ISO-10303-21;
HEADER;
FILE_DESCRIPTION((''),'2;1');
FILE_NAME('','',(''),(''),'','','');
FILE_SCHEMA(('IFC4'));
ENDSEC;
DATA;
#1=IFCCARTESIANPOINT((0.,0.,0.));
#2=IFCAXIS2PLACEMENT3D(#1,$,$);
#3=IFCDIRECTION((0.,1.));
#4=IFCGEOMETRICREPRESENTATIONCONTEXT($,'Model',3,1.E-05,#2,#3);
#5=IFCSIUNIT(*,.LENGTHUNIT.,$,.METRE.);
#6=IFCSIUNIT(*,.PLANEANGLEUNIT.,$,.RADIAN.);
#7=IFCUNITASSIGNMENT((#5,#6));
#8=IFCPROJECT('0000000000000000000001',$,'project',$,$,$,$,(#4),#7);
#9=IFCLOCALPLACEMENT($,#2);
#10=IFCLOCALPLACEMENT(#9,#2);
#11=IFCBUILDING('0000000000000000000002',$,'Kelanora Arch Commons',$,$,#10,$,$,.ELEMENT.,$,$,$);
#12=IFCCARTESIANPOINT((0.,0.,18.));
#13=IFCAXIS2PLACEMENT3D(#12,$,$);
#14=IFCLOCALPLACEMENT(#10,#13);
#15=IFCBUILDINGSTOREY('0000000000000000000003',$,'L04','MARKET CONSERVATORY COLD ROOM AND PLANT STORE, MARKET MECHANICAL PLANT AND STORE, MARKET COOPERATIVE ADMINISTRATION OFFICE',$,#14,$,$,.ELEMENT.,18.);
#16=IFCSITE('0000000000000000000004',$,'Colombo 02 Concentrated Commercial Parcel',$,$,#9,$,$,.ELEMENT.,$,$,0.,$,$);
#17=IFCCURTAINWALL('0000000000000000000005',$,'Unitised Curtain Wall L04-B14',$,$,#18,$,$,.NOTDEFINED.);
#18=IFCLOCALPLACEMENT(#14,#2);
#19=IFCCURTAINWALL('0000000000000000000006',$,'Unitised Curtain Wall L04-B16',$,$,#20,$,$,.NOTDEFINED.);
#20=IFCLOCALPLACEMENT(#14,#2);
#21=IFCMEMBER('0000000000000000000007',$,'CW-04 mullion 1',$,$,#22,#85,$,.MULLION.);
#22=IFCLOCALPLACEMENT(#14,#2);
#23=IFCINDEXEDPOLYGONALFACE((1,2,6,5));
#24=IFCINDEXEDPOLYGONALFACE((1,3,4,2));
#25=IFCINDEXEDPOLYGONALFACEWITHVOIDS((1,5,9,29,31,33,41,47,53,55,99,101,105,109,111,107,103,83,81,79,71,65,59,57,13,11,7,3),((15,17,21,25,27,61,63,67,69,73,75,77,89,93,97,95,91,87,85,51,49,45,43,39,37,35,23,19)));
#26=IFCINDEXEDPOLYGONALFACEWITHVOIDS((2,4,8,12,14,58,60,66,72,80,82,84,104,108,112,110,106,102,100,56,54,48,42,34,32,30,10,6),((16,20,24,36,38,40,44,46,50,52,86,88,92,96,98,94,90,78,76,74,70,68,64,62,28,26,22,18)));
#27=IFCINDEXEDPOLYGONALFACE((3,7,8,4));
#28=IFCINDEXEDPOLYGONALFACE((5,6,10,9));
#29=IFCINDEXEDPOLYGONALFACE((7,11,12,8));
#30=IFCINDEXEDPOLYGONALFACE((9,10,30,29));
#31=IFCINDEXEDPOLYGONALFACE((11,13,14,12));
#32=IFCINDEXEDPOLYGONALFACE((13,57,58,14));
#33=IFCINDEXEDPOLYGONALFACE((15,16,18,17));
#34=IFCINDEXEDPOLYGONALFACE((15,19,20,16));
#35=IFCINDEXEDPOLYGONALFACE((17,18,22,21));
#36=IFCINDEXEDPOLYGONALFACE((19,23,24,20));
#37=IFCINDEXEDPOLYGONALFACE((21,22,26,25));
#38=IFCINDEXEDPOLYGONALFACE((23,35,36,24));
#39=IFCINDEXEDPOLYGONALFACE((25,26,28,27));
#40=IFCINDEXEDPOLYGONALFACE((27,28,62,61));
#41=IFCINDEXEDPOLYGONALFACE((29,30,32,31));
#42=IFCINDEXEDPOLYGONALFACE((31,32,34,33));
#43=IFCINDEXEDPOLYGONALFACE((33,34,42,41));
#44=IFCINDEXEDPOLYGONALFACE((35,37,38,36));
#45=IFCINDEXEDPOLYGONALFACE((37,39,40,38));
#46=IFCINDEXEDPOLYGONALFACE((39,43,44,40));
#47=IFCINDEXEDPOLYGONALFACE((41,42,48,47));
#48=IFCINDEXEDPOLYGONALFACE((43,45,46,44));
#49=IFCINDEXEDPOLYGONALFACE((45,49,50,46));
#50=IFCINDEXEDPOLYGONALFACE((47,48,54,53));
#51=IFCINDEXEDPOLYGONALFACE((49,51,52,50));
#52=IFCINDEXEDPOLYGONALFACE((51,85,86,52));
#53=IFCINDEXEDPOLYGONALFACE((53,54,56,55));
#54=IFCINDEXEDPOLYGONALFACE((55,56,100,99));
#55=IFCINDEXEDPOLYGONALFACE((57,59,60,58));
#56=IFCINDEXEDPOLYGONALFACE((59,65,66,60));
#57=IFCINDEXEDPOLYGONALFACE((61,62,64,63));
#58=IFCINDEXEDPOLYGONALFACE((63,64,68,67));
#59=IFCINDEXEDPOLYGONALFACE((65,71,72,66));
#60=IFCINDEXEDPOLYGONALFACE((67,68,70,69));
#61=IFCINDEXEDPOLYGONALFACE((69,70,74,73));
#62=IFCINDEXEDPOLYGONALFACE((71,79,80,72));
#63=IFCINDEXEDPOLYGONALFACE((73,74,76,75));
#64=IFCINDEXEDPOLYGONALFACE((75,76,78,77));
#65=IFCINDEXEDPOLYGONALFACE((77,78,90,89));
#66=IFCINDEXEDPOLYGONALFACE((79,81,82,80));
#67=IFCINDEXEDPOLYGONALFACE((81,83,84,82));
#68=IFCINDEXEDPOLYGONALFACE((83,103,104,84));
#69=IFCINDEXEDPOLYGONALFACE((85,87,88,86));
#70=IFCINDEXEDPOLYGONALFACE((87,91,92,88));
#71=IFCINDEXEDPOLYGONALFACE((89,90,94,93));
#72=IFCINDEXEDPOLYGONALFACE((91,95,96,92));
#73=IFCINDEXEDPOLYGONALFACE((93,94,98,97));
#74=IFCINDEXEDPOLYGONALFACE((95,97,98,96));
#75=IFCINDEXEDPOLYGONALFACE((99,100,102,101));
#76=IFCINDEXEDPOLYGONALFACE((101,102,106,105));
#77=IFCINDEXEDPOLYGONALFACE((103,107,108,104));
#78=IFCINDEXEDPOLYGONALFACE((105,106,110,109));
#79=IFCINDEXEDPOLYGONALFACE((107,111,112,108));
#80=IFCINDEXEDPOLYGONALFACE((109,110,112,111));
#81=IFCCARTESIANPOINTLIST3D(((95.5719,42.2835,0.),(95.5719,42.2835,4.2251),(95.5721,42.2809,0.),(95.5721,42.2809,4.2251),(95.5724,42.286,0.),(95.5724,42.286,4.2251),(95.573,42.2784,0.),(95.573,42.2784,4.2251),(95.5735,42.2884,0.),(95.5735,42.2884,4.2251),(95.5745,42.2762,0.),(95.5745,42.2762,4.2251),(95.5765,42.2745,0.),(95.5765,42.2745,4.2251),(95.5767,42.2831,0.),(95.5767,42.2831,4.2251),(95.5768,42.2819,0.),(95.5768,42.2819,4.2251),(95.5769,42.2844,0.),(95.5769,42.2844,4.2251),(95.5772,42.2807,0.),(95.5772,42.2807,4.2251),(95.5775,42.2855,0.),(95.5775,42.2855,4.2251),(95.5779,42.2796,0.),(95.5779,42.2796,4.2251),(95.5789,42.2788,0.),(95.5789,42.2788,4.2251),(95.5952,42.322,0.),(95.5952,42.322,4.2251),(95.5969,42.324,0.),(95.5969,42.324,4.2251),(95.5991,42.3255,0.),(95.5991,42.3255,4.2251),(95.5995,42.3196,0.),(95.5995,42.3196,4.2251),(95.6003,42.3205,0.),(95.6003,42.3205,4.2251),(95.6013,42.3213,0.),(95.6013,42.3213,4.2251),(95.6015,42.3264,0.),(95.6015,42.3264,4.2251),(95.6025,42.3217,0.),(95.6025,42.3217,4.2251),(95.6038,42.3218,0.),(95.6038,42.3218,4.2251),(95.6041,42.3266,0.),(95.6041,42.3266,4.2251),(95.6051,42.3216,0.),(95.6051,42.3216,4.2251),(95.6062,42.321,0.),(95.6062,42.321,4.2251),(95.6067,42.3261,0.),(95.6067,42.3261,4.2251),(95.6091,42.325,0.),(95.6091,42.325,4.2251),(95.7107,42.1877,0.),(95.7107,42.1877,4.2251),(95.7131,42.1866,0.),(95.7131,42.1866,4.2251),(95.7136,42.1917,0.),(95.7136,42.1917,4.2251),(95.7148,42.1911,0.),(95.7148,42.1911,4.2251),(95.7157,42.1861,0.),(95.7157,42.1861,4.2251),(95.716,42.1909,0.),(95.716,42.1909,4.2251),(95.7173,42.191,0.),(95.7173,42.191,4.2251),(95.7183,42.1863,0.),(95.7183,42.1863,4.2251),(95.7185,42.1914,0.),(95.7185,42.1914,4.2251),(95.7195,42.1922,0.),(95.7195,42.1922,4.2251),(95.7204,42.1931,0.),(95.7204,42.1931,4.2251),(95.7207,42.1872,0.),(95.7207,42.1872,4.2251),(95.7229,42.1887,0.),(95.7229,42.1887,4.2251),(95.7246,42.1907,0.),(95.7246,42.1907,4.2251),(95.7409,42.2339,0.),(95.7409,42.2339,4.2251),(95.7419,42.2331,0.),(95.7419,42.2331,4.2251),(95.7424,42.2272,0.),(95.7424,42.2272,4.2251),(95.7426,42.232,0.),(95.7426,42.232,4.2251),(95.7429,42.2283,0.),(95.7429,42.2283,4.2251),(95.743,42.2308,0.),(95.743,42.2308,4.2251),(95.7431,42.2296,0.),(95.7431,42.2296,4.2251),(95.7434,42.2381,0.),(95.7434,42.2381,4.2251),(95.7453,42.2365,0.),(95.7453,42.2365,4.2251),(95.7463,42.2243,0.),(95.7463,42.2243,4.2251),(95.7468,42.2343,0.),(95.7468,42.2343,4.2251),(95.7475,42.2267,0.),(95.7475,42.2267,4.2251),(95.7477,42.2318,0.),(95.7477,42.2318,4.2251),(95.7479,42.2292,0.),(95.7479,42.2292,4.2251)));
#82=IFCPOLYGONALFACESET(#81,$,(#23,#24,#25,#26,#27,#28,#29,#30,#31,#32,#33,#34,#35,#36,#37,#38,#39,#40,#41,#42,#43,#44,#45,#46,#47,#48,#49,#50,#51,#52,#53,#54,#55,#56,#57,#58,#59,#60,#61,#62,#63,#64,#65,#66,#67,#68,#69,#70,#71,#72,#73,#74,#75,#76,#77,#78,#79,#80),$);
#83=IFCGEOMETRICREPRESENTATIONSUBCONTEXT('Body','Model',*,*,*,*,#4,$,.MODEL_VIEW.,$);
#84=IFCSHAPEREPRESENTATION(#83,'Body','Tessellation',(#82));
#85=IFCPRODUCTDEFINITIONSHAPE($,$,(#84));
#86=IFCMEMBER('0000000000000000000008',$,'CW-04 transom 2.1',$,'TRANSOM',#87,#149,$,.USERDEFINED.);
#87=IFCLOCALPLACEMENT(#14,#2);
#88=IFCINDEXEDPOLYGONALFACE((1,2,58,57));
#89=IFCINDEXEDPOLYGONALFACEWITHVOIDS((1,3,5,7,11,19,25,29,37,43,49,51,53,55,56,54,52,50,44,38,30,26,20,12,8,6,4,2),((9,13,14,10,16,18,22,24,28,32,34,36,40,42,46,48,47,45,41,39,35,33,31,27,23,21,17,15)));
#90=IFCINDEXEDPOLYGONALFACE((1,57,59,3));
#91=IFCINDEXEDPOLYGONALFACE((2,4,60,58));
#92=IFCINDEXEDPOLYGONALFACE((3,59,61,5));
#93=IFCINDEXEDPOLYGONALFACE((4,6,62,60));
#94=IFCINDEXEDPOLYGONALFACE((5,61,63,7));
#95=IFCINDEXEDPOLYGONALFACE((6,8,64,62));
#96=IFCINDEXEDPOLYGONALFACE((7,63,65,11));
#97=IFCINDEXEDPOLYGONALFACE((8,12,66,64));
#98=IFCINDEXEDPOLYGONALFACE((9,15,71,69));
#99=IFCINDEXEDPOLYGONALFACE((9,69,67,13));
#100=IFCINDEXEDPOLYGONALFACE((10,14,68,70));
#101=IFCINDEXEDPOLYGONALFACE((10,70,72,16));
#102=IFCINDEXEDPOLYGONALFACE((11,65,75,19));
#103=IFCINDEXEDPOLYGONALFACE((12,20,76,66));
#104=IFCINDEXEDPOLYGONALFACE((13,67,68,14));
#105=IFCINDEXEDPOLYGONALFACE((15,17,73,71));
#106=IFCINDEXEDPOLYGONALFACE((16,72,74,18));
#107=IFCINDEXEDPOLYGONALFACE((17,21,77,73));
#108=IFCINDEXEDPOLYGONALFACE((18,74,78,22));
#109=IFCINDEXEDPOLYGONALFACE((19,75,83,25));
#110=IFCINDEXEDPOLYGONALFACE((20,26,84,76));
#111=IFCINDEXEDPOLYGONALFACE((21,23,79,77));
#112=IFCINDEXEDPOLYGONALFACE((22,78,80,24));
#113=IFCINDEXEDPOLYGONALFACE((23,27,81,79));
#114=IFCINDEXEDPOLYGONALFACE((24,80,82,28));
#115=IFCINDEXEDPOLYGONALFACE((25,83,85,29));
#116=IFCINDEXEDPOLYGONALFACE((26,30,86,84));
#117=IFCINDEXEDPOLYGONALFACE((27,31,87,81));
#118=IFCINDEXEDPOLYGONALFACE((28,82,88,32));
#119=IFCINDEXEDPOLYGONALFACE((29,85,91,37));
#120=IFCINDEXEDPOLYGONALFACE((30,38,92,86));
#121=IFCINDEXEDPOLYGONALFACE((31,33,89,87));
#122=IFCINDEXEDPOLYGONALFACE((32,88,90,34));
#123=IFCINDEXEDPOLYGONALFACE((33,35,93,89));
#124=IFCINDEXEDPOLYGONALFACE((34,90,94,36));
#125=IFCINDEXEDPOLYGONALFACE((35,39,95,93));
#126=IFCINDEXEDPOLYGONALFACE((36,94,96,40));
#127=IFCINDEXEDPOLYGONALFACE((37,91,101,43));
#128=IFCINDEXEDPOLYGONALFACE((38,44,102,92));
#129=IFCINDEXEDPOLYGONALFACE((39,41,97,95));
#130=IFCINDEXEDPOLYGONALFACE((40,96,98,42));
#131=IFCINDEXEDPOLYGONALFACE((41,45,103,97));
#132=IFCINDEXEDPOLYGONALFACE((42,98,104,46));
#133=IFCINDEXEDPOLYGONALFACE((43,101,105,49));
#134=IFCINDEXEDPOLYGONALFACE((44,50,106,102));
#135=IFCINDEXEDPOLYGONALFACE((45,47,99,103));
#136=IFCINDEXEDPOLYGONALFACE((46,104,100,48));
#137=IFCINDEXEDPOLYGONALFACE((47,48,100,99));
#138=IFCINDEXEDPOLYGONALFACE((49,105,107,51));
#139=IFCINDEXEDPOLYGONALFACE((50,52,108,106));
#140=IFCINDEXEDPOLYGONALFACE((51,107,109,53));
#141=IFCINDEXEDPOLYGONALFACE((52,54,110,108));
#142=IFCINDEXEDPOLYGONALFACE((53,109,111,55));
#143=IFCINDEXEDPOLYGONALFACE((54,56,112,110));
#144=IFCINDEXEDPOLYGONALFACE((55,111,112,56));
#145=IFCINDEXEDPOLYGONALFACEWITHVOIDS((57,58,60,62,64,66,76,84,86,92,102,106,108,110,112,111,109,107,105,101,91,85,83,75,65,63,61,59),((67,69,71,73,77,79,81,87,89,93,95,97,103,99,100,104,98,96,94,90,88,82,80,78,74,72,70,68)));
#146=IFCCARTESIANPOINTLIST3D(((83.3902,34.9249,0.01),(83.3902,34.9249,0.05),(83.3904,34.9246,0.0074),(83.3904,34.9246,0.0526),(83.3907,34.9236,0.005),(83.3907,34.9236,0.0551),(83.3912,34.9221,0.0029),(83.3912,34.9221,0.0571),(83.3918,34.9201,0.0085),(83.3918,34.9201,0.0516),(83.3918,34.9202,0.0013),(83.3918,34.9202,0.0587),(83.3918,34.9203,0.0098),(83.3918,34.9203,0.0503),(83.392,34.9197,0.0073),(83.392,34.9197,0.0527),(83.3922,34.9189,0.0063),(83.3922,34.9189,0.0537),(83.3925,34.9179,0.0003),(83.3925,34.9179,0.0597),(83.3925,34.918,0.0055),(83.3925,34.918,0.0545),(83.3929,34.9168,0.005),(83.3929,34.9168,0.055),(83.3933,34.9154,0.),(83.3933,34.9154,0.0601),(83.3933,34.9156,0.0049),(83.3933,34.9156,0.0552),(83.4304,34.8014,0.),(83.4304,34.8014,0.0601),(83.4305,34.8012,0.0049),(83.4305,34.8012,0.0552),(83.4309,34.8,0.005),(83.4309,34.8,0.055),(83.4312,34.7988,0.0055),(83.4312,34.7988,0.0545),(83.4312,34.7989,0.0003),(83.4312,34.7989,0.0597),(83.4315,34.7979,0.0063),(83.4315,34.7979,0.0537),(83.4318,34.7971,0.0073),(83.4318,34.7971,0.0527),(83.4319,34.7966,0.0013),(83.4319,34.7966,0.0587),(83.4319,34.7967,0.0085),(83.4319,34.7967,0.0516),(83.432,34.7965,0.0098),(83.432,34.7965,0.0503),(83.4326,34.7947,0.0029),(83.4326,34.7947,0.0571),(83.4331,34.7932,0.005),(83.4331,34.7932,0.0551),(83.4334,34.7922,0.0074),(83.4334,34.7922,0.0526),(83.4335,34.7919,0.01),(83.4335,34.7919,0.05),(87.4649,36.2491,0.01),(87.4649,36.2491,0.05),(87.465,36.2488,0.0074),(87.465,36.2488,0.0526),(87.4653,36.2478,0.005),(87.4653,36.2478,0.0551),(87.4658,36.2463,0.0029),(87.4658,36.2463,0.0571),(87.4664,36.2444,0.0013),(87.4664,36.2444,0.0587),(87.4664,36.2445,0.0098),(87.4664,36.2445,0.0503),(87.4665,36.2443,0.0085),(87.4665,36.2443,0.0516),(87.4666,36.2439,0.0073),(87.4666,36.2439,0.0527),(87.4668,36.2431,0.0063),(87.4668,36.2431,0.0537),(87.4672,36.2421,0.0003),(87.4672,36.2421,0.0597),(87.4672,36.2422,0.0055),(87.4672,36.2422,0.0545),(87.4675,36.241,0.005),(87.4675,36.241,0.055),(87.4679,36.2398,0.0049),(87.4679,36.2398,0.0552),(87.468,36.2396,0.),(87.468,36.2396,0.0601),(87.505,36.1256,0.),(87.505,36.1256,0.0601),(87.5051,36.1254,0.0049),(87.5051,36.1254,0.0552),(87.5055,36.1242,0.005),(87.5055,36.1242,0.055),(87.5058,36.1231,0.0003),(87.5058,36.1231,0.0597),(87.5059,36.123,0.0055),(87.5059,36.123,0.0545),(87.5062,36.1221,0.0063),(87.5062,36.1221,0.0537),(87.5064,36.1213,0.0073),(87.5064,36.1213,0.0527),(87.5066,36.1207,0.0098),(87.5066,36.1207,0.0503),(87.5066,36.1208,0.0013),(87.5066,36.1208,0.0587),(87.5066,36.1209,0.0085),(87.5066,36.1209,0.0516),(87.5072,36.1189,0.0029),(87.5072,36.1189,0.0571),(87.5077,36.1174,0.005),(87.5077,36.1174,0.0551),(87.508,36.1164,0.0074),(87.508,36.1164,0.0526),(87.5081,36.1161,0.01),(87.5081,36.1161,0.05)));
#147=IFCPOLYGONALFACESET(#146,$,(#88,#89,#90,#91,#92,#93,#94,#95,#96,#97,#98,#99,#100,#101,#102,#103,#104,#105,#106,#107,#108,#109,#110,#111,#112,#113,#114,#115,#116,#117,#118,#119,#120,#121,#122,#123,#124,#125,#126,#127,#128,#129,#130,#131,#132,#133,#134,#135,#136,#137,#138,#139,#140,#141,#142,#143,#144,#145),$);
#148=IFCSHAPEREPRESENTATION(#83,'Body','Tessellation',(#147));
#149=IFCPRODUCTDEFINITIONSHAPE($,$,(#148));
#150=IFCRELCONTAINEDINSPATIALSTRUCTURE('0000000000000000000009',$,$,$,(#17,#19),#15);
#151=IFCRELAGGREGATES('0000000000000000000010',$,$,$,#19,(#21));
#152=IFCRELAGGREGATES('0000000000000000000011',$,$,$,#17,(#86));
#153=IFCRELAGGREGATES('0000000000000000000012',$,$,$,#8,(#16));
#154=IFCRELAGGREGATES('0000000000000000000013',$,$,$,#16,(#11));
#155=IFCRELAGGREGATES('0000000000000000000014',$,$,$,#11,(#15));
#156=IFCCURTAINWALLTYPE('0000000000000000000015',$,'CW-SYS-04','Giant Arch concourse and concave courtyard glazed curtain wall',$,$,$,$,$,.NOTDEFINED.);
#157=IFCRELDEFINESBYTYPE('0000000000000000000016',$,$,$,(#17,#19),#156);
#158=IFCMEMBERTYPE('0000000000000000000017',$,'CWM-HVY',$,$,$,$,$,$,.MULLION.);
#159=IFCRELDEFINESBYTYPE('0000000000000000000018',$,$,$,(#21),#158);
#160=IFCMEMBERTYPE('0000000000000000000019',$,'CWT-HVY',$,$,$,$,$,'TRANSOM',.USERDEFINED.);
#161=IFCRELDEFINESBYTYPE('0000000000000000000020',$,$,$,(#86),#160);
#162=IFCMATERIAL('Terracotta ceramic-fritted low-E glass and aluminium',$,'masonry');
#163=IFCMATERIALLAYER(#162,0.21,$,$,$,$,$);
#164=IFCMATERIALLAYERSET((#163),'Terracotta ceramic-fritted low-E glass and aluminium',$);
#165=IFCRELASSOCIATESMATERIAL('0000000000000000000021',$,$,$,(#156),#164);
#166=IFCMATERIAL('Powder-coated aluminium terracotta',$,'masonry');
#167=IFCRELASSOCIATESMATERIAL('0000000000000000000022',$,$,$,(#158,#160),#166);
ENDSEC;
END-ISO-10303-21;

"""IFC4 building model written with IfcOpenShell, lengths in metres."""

from ifc_helpers import new_model, si_unit, direction, frame, origin, origin_2d, place, context, subcontext, project, spatial, hollow_rectangle, extrude, material, layer, layer_set, material_profile, profile_set, type_object, element, aggregate, save


model = new_model("IFC4")

# Units and contexts
model_context = context("Model", 3, precision=1e-05, world=origin(), true_north=direction((0.0, 1.0)))
body_context = subcontext(model_context, "Body", "Model", "MODEL_VIEW")
ifc_project = project(units=[si_unit("LENGTHUNIT", "METRE"), si_unit("PLANEANGLEUNIT", "RADIAN")], contexts=[model_context])

# Site, building, storey
site_placement = place(None, origin())
site = spatial("IfcSite", under=ifc_project, at=site_placement, Name="Colombo 02 Concentrated Commercial Parcel", CompositionType="ELEMENT", RefElevation=0.0)
building_placement = place(site_placement, origin())
building = spatial("IfcBuilding", under=site, at=building_placement, Name="Kelanora Arch Commons", CompositionType="ELEMENT")
storey_placement = place(building_placement, frame((0.0, 0.0, 18.0)))
storey = spatial("IfcBuildingStorey", under=building, at=storey_placement, Name="L04", Description="MARKET CONSERVATORY COLD ROOM AND PLANT STORE, MARKET MECHANICAL PLANT AND STORE, MARKET COOPERATIVE ADMINISTRATION OFFICE", CompositionType="ELEMENT", Elevation=18.0)

# Curtain wall
ifc_material_1 = material(Name="Terracotta ceramic-fritted low-E glass and aluminium", Category="masonry")
ifc_layer_1 = layer(ifc_material_1, 0.21)
ifc_layer_set_1 = layer_set([ifc_layer_1], Name="Terracotta ceramic-fritted low-E glass and aluminium")
curtain_wall_type = type_object("IfcCurtainWallType", Name="CW-SYS-04", Description="Giant Arch concourse and concave courtyard glazed curtain wall", PredefinedType="NOTDEFINED", material=ifc_layer_set_1)
curtain_wall_1_placement = place(storey_placement, origin())
curtain_wall_1 = element("IfcCurtainWall", 1, at=curtain_wall_1_placement, inside=storey, type_object=curtain_wall_type, Name="Unitised Curtain Wall L04-B14", PredefinedType="NOTDEFINED")
ifc_material_2 = material(Name="Powder-coated aluminium terracotta", Category="masonry")
ifc_material_profile_1 = material_profile(ifc_material_2, hollow_rectangle(XDim=0.1799, YDim=0.0601, WallThickness=0.0049, InnerFilletRadius=0.0049, OuterFilletRadius=0.01, at=origin_2d()), Name="CWM180x60")
ifc_profile_set_1 = profile_set([ifc_material_profile_1], Name="Powder-coated aluminium terracotta")
member_type_1 = type_object("IfcMemberType", Name="CWM-HVY", PredefinedType="MULLION", material=ifc_profile_set_1)

# Curtain wall, member
curtain_wall_2_placement = place(storey_placement, origin())
curtain_wall_2 = element("IfcCurtainWall", 2, at=curtain_wall_2_placement, inside=storey, type_object=curtain_wall_type, Name="Unitised Curtain Wall L04-B16", PredefinedType="NOTDEFINED")
member_1_placement = place(storey_placement, frame((95.6599, 42.2563, 0.0), z_axis=(0.0, 0.0, 1.0), x_axis=(-0.839729, 0.543006, 0.0)))
member_1 = element("IfcMember", 3, at=member_1_placement, type_object=member_type_1, Name="CW-04 mullion 1", PredefinedType="MULLION", context=body_context, shape_type="SweptSolid", body=[
    extrude(hollow_rectangle(XDim=0.1799, YDim=0.0601, WallThickness=0.0049, InnerFilletRadius=0.0049, OuterFilletRadius=0.01, at=origin_2d()), origin(), (0.0, 0.0, 1.0), 4.2251),
])

# Member
ifc_material_profile_2 = material_profile(ifc_material_2, hollow_rectangle(XDim=0.1399, YDim=0.0601, WallThickness=0.0049, InnerFilletRadius=0.0049, OuterFilletRadius=0.01, at=origin_2d()), Name="CWT140x60")
ifc_profile_set_2 = profile_set([ifc_material_profile_2], Name="Powder-coated aluminium terracotta")
member_type_2 = type_object("IfcMemberType", Name="CWT-HVY", ElementType="TRANSOM", PredefinedType="USERDEFINED", material=ifc_profile_set_2)
member_2_placement = place(storey_placement, frame((83.4119, 34.8584, 0.03), z_axis=(0.951038, 0.309073, 0.0), x_axis=(-0.309073, 0.951038, 0.0)))
member_2 = element("IfcMember", 4, at=member_2_placement, type_object=member_type_2, Name="CW-04 transom 2.1", ObjectType="TRANSOM", PredefinedType="USERDEFINED", context=body_context, shape_type="SweptSolid", body=[
    extrude(hollow_rectangle(XDim=0.1399, YDim=0.0601, WallThickness=0.0049, InnerFilletRadius=0.0049, OuterFilletRadius=0.01, at=origin_2d()), origin(), (0.0, 0.0, 1.0), 4.2844),
])
aggregate(curtain_wall_2, [member_1])

aggregate(curtain_wall_1, [member_2])

save(model, "model.ifc")
